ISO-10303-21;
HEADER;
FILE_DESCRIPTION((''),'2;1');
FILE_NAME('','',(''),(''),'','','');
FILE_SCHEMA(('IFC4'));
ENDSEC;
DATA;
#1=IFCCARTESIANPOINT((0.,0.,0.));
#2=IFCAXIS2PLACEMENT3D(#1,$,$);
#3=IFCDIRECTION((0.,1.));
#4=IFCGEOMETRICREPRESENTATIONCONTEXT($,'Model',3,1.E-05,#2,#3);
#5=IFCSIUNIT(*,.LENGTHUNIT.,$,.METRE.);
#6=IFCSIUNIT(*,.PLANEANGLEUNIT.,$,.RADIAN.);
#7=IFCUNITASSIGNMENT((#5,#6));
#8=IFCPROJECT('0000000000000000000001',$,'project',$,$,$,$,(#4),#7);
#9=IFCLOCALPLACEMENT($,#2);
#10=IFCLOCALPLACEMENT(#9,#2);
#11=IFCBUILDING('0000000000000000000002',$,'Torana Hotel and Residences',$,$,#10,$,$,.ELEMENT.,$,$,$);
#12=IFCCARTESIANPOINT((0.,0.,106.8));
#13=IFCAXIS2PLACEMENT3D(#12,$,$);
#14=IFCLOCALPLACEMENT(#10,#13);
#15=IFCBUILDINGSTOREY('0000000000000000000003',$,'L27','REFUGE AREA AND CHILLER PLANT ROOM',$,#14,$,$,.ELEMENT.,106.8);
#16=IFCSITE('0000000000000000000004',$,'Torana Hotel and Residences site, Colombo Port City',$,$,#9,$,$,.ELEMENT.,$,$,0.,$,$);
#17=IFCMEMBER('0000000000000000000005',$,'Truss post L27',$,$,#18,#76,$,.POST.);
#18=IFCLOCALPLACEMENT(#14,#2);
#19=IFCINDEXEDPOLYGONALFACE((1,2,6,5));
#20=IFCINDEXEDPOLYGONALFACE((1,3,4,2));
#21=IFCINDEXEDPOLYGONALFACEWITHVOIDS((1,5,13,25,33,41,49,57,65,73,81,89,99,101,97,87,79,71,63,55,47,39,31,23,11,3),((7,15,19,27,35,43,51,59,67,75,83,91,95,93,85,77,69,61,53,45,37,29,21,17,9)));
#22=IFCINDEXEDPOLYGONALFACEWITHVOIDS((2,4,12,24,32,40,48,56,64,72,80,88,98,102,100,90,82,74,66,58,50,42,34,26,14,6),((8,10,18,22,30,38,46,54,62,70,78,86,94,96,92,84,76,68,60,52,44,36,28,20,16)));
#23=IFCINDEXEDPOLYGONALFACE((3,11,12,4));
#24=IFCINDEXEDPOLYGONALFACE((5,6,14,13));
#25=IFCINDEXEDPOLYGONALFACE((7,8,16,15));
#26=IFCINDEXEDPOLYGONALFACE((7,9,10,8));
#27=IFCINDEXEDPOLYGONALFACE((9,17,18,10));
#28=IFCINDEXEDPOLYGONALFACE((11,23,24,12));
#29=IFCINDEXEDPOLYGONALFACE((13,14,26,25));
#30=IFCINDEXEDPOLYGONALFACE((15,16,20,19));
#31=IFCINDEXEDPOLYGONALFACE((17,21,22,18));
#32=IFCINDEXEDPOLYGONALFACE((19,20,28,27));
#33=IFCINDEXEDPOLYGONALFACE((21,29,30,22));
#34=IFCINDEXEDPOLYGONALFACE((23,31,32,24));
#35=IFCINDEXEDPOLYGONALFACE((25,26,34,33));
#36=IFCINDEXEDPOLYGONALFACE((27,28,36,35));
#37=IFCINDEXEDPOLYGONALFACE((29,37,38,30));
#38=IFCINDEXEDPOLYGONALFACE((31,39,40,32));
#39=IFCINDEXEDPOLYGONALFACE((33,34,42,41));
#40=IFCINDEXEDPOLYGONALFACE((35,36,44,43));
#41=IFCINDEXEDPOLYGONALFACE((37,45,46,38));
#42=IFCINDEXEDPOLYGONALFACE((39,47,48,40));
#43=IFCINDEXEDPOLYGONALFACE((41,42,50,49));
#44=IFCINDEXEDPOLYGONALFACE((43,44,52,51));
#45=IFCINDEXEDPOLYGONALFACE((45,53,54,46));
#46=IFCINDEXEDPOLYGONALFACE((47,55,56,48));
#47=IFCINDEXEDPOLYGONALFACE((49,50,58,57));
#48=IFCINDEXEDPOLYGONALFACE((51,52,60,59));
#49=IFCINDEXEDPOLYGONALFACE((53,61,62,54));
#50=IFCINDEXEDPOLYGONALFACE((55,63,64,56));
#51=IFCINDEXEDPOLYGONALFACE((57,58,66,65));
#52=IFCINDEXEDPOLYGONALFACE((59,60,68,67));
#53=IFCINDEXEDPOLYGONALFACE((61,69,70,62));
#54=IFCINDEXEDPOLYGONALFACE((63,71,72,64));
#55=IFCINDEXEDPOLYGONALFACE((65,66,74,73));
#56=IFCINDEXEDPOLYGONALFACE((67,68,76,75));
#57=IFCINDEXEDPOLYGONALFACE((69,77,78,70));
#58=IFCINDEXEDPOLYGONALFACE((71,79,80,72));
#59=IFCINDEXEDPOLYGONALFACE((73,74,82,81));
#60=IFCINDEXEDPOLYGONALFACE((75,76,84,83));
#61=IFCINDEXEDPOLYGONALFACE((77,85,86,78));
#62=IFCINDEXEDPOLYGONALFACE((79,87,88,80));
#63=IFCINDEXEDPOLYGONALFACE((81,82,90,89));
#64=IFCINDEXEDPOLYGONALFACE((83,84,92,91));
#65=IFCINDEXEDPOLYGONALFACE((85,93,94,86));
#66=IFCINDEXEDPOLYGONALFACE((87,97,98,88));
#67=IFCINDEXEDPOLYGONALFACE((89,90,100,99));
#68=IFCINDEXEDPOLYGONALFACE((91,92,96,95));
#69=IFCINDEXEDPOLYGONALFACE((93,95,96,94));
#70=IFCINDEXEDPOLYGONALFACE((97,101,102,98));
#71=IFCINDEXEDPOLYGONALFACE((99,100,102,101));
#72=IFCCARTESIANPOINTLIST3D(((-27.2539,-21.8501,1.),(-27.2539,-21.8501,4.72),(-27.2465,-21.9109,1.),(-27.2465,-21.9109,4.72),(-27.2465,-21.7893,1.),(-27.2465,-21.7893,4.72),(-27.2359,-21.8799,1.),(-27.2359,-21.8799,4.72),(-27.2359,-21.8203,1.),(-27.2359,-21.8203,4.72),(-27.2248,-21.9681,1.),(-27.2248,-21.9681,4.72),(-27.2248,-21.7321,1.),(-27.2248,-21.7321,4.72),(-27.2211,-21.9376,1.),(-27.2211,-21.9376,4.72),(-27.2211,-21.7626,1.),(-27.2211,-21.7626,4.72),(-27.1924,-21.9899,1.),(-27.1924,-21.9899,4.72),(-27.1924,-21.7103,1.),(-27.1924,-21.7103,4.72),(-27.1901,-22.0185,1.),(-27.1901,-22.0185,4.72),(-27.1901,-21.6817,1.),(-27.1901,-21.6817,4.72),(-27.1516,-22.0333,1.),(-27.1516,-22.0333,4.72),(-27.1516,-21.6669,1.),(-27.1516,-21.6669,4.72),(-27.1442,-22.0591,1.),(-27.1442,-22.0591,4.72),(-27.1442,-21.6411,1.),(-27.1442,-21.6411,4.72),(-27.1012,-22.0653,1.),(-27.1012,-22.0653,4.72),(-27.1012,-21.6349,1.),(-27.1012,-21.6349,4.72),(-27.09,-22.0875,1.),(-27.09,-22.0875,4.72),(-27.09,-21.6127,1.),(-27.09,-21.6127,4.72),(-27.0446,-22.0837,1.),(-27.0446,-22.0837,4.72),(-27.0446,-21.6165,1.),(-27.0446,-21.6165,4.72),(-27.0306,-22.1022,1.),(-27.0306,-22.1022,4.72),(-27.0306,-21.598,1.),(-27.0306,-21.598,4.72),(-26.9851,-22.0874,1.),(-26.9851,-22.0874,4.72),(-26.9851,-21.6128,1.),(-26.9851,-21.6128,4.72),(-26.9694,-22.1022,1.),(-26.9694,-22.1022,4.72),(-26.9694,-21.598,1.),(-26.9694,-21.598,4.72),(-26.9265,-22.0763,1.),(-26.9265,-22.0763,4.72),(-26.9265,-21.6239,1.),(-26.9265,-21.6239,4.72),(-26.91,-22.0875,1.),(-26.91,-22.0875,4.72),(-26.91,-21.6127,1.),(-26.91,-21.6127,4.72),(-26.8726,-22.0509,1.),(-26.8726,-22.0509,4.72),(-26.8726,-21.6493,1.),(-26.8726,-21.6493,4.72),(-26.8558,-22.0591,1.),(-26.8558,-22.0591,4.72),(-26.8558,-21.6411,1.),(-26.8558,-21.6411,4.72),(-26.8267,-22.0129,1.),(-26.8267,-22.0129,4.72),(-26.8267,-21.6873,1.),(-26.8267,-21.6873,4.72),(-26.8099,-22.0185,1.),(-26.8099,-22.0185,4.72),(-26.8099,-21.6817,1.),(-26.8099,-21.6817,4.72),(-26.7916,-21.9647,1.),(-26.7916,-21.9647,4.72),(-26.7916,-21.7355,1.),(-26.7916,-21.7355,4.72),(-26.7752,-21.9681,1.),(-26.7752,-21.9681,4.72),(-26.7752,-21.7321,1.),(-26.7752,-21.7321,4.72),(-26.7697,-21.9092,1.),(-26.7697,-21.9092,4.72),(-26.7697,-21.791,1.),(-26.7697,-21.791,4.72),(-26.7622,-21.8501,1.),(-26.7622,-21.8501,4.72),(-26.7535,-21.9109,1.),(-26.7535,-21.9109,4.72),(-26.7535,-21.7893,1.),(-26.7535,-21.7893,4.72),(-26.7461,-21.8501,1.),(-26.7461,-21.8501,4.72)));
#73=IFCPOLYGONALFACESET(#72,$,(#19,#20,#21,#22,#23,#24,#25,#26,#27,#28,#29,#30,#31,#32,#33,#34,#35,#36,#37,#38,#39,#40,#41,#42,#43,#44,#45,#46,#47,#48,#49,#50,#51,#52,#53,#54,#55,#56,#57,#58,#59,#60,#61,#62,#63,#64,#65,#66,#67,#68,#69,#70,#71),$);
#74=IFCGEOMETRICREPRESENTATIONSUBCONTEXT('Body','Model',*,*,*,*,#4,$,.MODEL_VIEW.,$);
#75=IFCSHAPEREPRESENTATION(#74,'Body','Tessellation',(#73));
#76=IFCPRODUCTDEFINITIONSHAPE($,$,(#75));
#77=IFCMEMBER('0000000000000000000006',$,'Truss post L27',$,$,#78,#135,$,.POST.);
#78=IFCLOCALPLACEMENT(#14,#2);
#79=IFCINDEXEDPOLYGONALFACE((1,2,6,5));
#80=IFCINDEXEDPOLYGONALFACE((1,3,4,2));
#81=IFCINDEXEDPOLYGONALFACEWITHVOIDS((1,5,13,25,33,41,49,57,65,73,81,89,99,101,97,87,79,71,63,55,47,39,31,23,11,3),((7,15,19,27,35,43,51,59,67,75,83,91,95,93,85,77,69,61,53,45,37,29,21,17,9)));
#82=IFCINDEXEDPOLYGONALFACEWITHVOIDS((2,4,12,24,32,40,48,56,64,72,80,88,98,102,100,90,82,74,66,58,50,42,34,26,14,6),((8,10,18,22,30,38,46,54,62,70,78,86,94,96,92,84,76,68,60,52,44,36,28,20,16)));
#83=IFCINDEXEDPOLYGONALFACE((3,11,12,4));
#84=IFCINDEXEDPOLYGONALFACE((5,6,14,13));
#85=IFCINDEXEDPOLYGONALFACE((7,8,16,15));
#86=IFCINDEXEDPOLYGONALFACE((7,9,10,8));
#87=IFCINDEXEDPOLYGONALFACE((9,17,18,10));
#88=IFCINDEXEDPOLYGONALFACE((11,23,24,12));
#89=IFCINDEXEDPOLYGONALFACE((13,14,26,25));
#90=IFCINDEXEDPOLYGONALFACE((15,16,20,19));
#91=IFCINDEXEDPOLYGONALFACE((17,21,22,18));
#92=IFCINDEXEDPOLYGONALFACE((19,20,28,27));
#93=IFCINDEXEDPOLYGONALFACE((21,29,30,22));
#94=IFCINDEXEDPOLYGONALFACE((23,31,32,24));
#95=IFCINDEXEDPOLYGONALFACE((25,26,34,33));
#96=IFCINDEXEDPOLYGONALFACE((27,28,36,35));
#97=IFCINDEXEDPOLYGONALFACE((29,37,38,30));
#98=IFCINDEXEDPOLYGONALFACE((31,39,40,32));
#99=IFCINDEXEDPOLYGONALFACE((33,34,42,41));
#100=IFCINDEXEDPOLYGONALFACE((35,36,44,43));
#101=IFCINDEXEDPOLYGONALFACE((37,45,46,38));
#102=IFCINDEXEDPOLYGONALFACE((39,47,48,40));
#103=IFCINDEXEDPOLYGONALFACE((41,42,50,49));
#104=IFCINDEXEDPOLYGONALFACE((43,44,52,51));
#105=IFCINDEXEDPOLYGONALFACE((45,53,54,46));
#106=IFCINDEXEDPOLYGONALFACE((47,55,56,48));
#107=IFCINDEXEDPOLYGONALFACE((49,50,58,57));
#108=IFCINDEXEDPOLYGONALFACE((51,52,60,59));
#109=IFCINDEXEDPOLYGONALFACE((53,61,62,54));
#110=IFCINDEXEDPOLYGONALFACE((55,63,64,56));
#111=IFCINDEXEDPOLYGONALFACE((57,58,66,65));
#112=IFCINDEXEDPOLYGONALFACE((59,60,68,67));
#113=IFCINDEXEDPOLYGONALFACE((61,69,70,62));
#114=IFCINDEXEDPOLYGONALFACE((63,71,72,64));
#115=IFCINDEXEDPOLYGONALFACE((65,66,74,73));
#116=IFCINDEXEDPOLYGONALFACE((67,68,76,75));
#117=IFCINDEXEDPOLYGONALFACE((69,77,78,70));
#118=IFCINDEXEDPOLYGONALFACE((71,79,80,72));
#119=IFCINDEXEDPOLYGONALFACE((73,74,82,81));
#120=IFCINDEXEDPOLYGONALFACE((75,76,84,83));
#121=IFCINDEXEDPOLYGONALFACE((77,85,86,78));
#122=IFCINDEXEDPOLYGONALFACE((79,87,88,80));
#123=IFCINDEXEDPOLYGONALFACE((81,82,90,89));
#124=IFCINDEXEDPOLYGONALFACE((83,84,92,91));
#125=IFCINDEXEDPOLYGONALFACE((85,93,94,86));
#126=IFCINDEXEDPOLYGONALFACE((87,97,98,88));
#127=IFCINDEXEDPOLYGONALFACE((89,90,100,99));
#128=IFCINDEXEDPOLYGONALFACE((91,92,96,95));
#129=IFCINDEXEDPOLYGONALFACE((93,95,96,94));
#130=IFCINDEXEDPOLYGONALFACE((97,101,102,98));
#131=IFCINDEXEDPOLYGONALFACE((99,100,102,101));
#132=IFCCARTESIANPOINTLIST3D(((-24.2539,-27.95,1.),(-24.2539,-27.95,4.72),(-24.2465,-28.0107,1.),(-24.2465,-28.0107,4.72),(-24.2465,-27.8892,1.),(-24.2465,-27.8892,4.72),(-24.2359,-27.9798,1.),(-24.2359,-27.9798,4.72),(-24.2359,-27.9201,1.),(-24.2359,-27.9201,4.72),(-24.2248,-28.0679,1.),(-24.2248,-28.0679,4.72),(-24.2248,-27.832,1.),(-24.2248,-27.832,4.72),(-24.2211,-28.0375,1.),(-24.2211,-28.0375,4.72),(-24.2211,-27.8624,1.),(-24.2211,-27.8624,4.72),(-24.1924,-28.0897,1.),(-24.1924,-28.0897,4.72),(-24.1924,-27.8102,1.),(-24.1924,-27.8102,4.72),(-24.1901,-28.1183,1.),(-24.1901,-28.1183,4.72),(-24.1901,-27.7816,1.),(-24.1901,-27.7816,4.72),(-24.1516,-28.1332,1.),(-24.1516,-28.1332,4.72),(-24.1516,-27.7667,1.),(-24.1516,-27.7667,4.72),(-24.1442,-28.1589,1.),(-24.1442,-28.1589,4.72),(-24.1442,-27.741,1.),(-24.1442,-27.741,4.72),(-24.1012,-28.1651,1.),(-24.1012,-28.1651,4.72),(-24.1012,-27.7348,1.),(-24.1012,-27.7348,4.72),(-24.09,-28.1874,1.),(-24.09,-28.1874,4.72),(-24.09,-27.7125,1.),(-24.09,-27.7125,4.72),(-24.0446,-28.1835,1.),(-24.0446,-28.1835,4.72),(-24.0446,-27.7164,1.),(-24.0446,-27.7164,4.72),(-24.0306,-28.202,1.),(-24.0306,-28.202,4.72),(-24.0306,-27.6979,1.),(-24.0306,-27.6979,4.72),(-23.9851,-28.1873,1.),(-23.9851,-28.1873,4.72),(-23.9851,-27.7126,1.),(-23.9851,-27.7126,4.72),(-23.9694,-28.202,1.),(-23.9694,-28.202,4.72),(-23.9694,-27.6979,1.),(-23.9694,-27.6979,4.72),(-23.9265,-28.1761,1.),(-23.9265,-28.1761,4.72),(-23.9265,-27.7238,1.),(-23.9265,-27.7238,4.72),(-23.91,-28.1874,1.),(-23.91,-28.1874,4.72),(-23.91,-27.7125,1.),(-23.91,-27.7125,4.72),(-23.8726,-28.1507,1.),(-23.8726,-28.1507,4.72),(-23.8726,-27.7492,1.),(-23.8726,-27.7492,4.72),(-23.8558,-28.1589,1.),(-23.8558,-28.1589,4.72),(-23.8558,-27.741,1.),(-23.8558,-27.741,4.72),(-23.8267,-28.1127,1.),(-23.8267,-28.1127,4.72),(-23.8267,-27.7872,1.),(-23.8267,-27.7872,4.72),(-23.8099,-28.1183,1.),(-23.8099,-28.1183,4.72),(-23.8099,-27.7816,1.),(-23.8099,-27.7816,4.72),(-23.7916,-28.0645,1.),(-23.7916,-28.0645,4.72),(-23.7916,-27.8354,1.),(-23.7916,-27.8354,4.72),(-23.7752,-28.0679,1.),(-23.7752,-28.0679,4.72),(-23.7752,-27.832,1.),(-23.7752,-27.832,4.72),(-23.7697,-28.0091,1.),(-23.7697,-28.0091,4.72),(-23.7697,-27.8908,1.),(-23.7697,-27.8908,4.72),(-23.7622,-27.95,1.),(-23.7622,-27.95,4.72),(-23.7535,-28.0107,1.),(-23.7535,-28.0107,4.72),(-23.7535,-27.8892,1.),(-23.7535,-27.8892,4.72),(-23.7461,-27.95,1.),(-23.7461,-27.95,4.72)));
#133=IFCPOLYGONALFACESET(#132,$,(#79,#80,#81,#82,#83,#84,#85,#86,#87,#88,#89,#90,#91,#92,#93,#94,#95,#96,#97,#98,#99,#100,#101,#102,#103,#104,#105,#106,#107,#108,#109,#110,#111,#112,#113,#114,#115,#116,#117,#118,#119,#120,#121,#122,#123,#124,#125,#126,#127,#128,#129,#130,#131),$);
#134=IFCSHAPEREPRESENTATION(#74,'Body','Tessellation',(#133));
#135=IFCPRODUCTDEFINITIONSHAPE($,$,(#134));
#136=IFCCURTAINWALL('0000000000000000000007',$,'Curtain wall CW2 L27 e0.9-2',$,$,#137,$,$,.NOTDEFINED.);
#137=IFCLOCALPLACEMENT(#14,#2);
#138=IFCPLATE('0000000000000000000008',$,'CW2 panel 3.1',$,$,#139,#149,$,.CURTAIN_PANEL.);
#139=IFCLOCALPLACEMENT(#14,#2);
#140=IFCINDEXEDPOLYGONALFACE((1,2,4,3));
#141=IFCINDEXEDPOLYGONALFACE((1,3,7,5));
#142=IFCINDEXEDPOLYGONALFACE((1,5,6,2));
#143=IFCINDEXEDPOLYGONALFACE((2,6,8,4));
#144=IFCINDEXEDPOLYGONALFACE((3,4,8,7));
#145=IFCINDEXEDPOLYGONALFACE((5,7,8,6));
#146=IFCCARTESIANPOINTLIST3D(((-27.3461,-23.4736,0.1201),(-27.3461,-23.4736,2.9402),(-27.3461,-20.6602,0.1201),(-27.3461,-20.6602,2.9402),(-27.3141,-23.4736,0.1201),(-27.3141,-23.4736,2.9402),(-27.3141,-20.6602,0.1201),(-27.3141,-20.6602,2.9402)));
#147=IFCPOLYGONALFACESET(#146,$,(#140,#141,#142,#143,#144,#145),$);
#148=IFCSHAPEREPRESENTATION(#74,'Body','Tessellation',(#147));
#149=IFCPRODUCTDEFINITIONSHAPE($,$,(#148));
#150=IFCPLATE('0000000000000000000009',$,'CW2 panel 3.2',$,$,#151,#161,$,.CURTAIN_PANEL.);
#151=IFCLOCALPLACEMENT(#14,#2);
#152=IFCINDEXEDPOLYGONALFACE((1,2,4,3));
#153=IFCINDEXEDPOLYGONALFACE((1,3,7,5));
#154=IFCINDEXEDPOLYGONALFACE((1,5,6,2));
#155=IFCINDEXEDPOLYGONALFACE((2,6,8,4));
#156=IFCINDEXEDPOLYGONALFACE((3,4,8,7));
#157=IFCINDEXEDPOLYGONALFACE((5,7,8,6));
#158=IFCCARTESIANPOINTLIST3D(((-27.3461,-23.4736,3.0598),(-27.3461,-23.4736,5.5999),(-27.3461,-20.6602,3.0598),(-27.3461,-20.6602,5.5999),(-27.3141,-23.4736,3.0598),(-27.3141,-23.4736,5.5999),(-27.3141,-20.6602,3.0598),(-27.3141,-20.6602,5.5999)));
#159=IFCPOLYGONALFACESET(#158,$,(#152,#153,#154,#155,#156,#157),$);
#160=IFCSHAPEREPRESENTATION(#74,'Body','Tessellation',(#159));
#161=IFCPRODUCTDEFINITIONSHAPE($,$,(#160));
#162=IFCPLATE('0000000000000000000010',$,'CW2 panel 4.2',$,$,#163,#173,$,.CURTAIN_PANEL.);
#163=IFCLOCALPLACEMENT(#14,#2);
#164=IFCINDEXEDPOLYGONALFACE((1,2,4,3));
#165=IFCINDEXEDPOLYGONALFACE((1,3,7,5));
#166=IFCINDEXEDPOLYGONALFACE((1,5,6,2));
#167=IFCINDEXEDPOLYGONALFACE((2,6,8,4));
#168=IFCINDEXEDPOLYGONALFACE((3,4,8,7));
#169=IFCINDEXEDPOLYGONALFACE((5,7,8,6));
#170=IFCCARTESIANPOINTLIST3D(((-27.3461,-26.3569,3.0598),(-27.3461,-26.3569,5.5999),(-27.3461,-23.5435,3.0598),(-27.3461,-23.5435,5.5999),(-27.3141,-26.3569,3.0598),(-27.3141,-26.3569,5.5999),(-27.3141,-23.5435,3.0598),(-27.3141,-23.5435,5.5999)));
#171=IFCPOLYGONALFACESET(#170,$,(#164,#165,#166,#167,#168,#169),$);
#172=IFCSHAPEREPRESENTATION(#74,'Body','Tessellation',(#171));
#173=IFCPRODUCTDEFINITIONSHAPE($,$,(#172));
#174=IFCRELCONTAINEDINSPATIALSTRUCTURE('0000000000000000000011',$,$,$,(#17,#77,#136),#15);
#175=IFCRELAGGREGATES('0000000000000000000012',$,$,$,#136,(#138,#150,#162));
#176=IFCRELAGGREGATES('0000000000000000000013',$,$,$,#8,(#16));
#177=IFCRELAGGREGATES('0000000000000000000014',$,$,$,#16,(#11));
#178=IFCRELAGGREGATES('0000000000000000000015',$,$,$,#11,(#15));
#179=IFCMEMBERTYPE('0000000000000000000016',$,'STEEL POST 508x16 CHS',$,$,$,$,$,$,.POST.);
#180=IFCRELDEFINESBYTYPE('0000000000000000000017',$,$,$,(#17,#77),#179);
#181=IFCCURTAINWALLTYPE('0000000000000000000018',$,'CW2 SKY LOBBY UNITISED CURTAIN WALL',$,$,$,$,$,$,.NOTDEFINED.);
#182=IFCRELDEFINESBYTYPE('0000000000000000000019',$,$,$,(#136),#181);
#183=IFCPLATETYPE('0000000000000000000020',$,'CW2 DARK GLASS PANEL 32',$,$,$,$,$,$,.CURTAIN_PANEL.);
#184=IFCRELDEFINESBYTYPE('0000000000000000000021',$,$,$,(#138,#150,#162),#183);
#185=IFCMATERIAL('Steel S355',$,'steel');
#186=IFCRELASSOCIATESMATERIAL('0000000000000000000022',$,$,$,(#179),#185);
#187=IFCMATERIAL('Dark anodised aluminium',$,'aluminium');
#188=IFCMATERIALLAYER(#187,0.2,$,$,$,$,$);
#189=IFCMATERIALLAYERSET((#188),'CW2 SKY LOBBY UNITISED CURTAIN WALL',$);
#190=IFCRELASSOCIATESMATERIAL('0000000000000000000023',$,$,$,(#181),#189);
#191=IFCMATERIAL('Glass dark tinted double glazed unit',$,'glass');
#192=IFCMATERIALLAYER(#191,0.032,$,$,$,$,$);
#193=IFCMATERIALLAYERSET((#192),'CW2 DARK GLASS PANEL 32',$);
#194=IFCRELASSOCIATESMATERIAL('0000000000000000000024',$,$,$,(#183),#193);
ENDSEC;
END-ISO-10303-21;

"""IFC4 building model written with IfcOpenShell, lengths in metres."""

from ifc_helpers import new_model, si_unit, direction, frame, origin, origin_2d, place, context, subcontext, project, spatial, rectangle, hollow_circle, extrude, material, layer, layer_set, material_profile, profile_set, type_object, element, aggregate, save


model = new_model("IFC4")

# Units and contexts
model_context = context("Model", 3, precision=1e-05, world=origin(), true_north=direction((0.0, 1.0)))
body_context = subcontext(model_context, "Body", "Model", "MODEL_VIEW")
ifc_project = project(units=[si_unit("LENGTHUNIT", "METRE"), si_unit("PLANEANGLEUNIT", "RADIAN")], contexts=[model_context])

# Site, building, storey
site_placement = place(None, origin())
site = spatial("IfcSite", under=ifc_project, at=site_placement, Name="Torana Hotel and Residences site, Colombo Port City", CompositionType="ELEMENT", RefElevation=0.0)
building_placement = place(site_placement, origin())
building = spatial("IfcBuilding", under=site, at=building_placement, Name="Torana Hotel and Residences", CompositionType="ELEMENT")
storey_placement = place(building_placement, frame((0.0, 0.0, 106.8)))
storey = spatial("IfcBuildingStorey", under=building, at=storey_placement, Name="L27", Description="REFUGE AREA AND CHILLER PLANT ROOM", CompositionType="ELEMENT", Elevation=106.8)

# Members
ifc_material_1 = material(Name="Steel S355", Category="steel")
ifc_material_profile_1 = material_profile(ifc_material_1, hollow_circle(Radius=0.2539, WallThickness=0.0161, at=origin_2d()), Name="508x16 CHS")
ifc_profile_set_1 = profile_set([ifc_material_profile_1], Name="Steel S355")
member_type_1 = type_object("IfcMemberType", Name="STEEL POST 508x16 CHS", PredefinedType="POST", material=ifc_profile_set_1)
for number, where, z_axis, x_axis, name in (
    (1, (-27.0, -21.8501, 1.0), (0.0, 0.0, 1.0), (1.0, 0.0, 0.0), "Truss post L27"),
    (2, (-24.0, -27.95, 1.0), (0.0, 0.0, 1.0), (1.0, 0.0, 0.0), "Truss post L27"),
):
    element("IfcMember", number, at=place(storey_placement, frame(where, z_axis=z_axis, x_axis=x_axis)), inside=storey, type_object=member_type_1, Name=name, PredefinedType="POST", context=body_context, shape_type="SweptSolid", body=[
        extrude(hollow_circle(Radius=0.2539, WallThickness=0.0161, at=origin_2d()), origin(), (0.0, 0.0, 1.0), 3.72),
    ])

# Curtain wall, plates
ifc_material_2 = material(Name="Dark anodised aluminium", Category="aluminium")
ifc_layer_1 = layer(ifc_material_2, 0.2)
ifc_layer_set_1 = layer_set([ifc_layer_1], Name="CW2 SKY LOBBY UNITISED CURTAIN WALL")
curtain_wall_type = type_object("IfcCurtainWallType", Name="CW2 SKY LOBBY UNITISED CURTAIN WALL", PredefinedType="NOTDEFINED", material=ifc_layer_set_1)
curtain_wall_placement = place(storey_placement, origin())
curtain_wall = element("IfcCurtainWall", 3, at=curtain_wall_placement, inside=storey, type_object=curtain_wall_type, Name="Curtain wall CW2 L27 e0.9-2", PredefinedType="NOTDEFINED")
ifc_material_3 = material(Name="Glass dark tinted double glazed unit", Category="glass")
ifc_layer_2 = layer(ifc_material_3, 0.032)
ifc_layer_set_2 = layer_set([ifc_layer_2], Name="CW2 DARK GLASS PANEL 32")
plate_type = type_object("IfcPlateType", Name="CW2 DARK GLASS PANEL 32", PredefinedType="CURTAIN_PANEL", material=ifc_layer_set_2)
plate_1_placement = place(storey_placement, frame((-27.3301, -22.0669, 0.1201), z_axis=(0.0, 0.0, 1.0), x_axis=(0.0, -1.0, 0.0)))
plate_1 = element("IfcPlate", 4, at=plate_1_placement, type_object=plate_type, Name="CW2 panel 3.1", PredefinedType="CURTAIN_PANEL", context=body_context, shape_type="SweptSolid", body=[
    extrude(rectangle(XDim=2.8135, YDim=0.032, at=origin_2d()), origin(), (0.0, 0.0, 1.0), 2.8201),
])
plate_2_placement = place(storey_placement, frame((-27.3301, -22.0669, 3.0598), z_axis=(0.0, 0.0, 1.0), x_axis=(0.0, -1.0, 0.0)))
plate_2 = element("IfcPlate", 5, at=plate_2_placement, type_object=plate_type, Name="CW2 panel 3.2", PredefinedType="CURTAIN_PANEL", context=body_context, shape_type="SweptSolid", body=[
    extrude(rectangle(XDim=2.8135, YDim=0.032, at=origin_2d()), origin(), (0.0, 0.0, 1.0), 2.54),
])
plate_3_placement = place(storey_placement, frame((-27.3301, -24.9502, 3.0598), z_axis=(0.0, 0.0, 1.0), x_axis=(0.0, -1.0, 0.0)))
plate_3 = element("IfcPlate", 6, at=plate_3_placement, type_object=plate_type, Name="CW2 panel 4.2", PredefinedType="CURTAIN_PANEL", context=body_context, shape_type="SweptSolid", body=[
    extrude(rectangle(XDim=2.8135, YDim=0.032, at=origin_2d()), origin(), (0.0, 0.0, 1.0), 2.54),
])
aggregate(curtain_wall, [plate_1, plate_2, plate_3])

save(model, "model.ifc")
